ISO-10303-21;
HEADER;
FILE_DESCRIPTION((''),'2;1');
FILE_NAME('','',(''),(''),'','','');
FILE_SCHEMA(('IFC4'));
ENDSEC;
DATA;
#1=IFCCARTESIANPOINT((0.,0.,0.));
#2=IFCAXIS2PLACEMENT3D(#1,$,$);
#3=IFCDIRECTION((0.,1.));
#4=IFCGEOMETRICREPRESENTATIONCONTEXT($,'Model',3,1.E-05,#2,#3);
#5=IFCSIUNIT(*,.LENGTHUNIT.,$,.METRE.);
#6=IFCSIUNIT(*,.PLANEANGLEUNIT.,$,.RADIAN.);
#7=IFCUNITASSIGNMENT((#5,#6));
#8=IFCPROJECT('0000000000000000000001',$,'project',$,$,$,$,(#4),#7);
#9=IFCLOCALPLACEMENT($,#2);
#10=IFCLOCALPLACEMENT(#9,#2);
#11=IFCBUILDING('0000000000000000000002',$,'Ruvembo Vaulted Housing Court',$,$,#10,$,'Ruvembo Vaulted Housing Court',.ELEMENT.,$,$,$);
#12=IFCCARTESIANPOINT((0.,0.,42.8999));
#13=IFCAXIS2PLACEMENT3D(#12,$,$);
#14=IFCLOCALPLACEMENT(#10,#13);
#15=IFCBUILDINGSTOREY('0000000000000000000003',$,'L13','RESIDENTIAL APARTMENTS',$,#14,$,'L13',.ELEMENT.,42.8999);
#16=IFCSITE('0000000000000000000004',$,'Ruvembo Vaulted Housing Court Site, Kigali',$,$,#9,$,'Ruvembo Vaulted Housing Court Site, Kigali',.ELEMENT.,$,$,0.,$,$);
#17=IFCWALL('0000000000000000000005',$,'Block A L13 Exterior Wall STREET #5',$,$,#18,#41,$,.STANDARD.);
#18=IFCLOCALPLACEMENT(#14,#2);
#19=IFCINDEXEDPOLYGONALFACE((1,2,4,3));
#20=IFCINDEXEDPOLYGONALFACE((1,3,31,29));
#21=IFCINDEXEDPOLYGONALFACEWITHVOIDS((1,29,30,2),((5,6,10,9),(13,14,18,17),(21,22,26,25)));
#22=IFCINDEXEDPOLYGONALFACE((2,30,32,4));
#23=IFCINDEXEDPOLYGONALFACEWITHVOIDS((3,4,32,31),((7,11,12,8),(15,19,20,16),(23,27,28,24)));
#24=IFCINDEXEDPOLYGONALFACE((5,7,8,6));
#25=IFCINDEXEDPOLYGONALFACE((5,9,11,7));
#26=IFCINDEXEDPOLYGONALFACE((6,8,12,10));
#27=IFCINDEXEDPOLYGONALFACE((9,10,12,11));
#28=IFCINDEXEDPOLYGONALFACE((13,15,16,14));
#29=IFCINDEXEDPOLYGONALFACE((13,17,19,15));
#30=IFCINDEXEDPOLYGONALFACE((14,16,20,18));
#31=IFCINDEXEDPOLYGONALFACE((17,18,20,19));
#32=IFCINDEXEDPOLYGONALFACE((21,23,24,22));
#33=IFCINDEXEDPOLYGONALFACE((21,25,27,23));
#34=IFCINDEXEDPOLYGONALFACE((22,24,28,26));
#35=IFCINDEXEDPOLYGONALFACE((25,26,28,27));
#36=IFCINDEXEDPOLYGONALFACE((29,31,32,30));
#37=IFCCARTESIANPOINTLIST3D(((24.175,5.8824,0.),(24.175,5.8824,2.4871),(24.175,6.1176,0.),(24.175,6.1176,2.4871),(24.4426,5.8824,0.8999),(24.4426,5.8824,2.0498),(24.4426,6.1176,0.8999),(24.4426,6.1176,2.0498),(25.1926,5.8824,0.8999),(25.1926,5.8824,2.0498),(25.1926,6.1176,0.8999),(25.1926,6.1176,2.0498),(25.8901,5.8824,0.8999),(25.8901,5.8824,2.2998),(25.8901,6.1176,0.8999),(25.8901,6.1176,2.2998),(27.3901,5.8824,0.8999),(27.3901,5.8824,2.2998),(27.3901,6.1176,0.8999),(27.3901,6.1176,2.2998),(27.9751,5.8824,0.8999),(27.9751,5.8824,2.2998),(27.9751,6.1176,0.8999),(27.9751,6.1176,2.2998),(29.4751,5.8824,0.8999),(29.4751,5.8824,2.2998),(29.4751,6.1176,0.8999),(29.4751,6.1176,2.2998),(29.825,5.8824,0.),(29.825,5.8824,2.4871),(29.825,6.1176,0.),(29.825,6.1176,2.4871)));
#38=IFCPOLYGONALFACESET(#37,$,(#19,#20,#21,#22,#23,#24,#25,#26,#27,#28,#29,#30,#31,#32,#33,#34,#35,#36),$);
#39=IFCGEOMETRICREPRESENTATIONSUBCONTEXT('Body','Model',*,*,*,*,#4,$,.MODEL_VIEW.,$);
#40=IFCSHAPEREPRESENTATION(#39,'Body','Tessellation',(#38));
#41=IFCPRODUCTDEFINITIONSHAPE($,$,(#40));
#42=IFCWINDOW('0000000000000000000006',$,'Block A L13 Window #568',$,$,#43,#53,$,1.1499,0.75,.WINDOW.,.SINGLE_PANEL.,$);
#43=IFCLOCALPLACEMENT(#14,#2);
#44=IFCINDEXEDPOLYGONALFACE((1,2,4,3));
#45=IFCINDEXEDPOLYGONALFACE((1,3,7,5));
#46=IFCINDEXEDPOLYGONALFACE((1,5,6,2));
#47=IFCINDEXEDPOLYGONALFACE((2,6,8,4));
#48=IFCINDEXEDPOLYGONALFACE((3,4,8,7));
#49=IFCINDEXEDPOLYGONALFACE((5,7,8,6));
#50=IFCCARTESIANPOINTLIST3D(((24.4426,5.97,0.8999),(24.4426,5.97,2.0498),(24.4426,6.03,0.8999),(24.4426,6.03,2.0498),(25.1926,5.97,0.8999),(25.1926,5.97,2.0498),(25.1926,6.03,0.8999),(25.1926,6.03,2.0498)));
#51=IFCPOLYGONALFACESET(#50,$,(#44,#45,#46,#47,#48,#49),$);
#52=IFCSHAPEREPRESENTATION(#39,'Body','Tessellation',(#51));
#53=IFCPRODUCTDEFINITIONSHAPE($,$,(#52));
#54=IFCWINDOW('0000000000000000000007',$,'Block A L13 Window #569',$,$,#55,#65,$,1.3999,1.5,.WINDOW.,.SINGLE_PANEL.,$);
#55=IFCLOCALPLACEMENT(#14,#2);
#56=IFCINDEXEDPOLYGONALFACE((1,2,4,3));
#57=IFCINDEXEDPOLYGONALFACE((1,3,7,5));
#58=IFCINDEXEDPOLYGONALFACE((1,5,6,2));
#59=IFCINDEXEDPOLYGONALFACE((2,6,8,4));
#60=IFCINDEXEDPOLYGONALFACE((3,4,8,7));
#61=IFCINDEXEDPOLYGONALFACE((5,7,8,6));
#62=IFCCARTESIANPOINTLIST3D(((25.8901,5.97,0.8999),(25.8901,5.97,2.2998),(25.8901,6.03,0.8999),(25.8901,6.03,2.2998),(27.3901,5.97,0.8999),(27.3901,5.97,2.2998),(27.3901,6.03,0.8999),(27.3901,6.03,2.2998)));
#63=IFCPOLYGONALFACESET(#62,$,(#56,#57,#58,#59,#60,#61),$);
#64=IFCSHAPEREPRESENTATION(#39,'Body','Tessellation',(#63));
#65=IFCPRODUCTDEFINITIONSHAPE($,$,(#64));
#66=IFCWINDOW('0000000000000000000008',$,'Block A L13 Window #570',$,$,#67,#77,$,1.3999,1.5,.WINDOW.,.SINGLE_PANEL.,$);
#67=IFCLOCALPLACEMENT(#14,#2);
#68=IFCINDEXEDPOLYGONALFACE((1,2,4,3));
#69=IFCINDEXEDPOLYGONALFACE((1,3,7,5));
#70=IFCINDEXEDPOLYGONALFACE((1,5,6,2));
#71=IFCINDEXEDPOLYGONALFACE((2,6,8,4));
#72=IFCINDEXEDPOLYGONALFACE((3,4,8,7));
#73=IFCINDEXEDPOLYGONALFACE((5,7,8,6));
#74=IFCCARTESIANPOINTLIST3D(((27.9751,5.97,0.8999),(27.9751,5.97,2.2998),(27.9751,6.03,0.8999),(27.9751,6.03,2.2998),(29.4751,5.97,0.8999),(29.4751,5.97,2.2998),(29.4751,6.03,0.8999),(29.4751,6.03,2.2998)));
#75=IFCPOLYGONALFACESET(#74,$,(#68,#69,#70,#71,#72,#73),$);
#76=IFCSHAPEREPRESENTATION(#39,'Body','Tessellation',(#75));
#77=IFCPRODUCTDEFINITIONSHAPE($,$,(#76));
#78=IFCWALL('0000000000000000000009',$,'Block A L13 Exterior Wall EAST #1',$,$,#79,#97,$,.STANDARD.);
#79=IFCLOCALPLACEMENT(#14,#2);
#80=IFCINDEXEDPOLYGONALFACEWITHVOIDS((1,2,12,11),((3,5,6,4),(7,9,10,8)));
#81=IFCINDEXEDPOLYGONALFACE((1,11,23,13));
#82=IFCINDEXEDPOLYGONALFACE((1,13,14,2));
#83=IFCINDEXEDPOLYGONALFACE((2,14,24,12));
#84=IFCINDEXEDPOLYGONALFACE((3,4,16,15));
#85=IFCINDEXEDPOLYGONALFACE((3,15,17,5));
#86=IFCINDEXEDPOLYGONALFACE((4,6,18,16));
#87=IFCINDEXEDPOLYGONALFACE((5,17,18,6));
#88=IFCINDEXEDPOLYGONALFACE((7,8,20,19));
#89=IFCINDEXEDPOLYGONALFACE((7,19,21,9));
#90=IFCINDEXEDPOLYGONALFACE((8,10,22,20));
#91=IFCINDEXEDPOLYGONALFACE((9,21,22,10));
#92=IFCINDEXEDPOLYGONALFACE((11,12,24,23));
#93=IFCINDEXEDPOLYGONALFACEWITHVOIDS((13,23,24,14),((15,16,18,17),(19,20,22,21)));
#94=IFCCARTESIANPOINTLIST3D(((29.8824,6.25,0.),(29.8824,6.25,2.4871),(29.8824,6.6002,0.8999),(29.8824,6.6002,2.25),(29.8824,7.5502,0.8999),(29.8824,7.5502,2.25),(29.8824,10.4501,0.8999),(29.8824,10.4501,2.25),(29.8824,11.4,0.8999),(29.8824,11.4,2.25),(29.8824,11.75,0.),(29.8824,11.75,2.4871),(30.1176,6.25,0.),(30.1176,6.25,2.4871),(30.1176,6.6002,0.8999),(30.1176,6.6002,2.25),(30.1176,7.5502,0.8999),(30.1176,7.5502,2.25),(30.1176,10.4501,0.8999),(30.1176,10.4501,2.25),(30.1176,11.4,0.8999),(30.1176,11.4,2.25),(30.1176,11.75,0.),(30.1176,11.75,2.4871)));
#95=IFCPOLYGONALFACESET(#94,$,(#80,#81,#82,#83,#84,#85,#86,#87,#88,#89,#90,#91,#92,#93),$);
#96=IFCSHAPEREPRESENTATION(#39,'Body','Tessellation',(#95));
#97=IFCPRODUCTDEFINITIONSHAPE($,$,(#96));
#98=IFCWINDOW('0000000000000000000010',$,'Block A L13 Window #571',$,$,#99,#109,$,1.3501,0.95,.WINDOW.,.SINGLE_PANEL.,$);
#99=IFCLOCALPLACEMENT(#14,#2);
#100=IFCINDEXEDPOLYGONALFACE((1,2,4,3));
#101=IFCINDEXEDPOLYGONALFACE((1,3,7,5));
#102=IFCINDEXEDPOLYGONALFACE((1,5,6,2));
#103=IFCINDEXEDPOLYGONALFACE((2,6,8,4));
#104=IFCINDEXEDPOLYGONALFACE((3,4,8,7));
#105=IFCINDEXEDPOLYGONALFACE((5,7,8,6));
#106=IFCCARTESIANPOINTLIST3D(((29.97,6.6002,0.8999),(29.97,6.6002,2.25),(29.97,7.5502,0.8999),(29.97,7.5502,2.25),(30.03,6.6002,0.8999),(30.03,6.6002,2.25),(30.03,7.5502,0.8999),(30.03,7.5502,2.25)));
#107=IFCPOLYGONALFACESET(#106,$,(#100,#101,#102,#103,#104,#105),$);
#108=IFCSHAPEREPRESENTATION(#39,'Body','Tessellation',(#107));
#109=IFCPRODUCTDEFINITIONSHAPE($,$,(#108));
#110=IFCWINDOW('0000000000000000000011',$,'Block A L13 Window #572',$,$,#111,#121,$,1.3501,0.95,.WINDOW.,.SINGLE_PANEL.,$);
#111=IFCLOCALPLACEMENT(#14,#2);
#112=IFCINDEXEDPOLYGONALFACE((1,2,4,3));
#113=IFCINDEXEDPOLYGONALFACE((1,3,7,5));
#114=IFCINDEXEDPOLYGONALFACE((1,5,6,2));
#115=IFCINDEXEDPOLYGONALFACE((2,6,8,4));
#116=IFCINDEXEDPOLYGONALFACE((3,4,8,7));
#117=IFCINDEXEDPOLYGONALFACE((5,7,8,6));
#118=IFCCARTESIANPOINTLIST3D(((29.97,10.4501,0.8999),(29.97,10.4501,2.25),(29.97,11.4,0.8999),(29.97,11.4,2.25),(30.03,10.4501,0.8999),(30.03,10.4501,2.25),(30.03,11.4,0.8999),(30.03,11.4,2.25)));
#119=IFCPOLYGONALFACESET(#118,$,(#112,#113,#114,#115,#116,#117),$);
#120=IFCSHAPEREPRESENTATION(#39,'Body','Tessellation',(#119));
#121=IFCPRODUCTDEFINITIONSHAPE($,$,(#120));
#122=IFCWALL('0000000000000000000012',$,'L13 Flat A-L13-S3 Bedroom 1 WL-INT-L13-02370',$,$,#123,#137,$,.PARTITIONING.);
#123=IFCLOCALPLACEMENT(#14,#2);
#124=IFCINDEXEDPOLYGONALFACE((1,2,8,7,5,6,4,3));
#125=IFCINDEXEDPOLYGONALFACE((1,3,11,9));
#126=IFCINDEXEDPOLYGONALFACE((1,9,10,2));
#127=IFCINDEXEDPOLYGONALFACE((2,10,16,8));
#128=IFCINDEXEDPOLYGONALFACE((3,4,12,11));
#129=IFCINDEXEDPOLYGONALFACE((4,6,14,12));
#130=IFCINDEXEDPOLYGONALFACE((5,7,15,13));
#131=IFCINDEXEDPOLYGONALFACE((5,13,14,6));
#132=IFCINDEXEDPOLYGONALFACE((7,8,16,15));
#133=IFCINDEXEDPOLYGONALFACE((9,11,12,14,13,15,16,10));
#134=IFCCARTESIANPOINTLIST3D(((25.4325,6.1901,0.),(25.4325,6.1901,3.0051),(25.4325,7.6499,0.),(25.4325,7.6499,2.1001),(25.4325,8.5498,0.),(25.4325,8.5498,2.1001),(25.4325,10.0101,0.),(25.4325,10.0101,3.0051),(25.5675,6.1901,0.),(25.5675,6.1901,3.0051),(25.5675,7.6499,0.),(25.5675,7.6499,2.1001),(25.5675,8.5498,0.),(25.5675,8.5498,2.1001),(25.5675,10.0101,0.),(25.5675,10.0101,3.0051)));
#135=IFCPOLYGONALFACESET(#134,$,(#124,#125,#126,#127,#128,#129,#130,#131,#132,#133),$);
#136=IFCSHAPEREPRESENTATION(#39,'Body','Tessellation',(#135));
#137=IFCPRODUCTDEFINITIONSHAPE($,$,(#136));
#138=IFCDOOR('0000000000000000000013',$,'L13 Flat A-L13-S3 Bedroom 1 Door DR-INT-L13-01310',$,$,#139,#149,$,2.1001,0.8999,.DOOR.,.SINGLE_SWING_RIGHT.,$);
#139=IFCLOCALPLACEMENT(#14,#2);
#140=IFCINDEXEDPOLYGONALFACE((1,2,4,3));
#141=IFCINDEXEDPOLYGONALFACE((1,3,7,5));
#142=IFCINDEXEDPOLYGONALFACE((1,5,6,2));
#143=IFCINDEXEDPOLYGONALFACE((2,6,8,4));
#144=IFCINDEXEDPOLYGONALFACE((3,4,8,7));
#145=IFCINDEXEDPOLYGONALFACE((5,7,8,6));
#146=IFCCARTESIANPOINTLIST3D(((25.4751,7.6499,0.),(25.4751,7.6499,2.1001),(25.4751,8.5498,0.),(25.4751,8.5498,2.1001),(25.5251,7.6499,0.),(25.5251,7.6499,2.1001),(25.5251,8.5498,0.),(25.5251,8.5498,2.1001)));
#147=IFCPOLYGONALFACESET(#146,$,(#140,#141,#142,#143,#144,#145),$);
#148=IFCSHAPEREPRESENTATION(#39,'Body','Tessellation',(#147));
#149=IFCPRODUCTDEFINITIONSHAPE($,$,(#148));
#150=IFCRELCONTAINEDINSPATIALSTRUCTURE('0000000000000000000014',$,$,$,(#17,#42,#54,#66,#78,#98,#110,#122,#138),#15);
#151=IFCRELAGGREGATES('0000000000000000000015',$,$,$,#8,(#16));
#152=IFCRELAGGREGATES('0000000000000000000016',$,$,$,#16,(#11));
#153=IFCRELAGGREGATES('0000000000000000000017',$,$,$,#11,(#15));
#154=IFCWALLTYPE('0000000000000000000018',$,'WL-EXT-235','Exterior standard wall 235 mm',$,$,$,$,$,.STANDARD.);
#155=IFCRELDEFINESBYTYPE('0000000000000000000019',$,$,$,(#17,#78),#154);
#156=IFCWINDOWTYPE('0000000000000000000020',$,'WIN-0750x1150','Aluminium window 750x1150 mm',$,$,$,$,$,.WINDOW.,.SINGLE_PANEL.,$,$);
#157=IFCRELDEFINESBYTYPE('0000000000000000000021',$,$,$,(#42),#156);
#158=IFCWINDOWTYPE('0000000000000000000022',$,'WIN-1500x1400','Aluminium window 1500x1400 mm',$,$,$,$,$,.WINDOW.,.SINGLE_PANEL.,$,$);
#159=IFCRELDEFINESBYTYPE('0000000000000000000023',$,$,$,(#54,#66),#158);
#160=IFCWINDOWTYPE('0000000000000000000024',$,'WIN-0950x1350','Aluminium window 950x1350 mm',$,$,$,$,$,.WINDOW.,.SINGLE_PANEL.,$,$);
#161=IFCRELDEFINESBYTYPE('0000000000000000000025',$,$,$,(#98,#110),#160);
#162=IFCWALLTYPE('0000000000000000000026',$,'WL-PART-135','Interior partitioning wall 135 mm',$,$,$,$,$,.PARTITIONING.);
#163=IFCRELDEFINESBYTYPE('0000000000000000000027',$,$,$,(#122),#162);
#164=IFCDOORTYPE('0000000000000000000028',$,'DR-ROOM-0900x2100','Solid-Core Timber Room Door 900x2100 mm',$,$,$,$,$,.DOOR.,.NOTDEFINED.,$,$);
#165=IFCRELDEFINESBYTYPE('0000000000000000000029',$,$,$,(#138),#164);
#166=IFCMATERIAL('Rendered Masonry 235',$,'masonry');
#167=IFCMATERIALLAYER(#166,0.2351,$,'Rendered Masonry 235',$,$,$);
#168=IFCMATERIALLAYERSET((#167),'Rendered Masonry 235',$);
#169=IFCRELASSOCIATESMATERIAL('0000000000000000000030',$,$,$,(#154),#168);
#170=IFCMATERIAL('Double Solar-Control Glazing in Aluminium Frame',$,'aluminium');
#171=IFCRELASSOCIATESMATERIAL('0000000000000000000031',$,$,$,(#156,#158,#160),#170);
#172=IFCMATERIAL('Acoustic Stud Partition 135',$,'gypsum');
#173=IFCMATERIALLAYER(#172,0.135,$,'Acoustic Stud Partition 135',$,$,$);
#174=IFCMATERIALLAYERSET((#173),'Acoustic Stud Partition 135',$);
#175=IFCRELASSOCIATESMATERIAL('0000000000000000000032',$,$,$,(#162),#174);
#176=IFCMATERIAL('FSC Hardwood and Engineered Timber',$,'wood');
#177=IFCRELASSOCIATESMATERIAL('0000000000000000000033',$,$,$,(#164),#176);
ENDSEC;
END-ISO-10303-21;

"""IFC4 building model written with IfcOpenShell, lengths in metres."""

from ifc_helpers import new_model, si_unit, direction, frame, frame_2d, origin, place, context, subcontext, project, spatial, rectangle, extrude, material, layer, layer_set, type_object, element, fill, save


model = new_model("IFC4")

# Units and contexts
model_context = context("Model", 3, precision=1e-05, world=origin(), true_north=direction((0.0, 1.0)))
body_context = subcontext(model_context, "Body", "Model", "MODEL_VIEW")
ifc_project = project(units=[si_unit("LENGTHUNIT", "METRE"), si_unit("PLANEANGLEUNIT", "RADIAN")], contexts=[model_context])

# Site, building, storey
site_placement = place(None, origin())
site = spatial("IfcSite", under=ifc_project, at=site_placement, Name="Ruvembo Vaulted Housing Court Site, Kigali", LongName="Ruvembo Vaulted Housing Court Site, Kigali", CompositionType="ELEMENT", RefElevation=0.0)
building_placement = place(site_placement, origin())
building = spatial("IfcBuilding", under=site, at=building_placement, Name="Ruvembo Vaulted Housing Court", LongName="Ruvembo Vaulted Housing Court", CompositionType="ELEMENT")
storey_placement = place(building_placement, frame((0.0, 0.0, 42.8999)))
storey = spatial("IfcBuildingStorey", under=building, at=storey_placement, Name="L13", Description="RESIDENTIAL APARTMENTS", LongName="L13", CompositionType="ELEMENT", Elevation=42.8999)

# Walls, openings, windows
ifc_material_1 = material(Name="Rendered Masonry 235", Category="masonry")
ifc_layer_1 = layer(ifc_material_1, 0.2351, Name="Rendered Masonry 235")
ifc_layer_set_1 = layer_set([ifc_layer_1], Name="Rendered Masonry 235")
wall_type_1 = type_object("IfcWallType", Name="WL-EXT-235", Description="Exterior standard wall 235 mm", PredefinedType="STANDARD", material=ifc_layer_set_1)
wall_1_placement = place(storey_placement, frame((24.175, 6.0, 0.0), z_axis=(0.0, 0.0, 1.0), x_axis=(1.0, 0.0, 0.0)))
wall_1 = element("IfcWall", 1, at=wall_1_placement, inside=storey, type_object=wall_type_1, Name="Block A L13 Exterior Wall STREET #5", PredefinedType="STANDARD", context=body_context, shape_type="SweptSolid", body=[
    extrude(rectangle(XDim=5.6499, YDim=0.2351, at=frame_2d((2.825, 0.0))), origin(), (0.0, 0.0, 1.0), 2.4871),
])
opening_1_placement = place(wall_1_placement, frame((0.2676, 0.0, 0.8999)))
opening_1 = element("IfcOpeningElement", 2, at=opening_1_placement, cuts=wall_1, PredefinedType="OPENING", context=body_context, shape_type="SweptSolid", body=[
    extrude(rectangle(XDim=0.75, YDim=1.1499, at=frame_2d((0.375, 0.575))), frame((0.0, 0.1274, 0.0), z_axis=(0.0, -1.0, 0.0), x_axis=(1.0, 0.0, 0.0)), (0.0, 0.0, 1.0), 0.2551),
])
opening_2_placement = place(wall_1_placement, frame((1.7151, 0.0, 0.8999)))
opening_2 = element("IfcOpeningElement", 3, at=opening_2_placement, cuts=wall_1, PredefinedType="OPENING", context=body_context, shape_type="SweptSolid", body=[
    extrude(rectangle(XDim=1.5, YDim=1.3999, at=frame_2d((0.75, 0.7))), frame((0.0, 0.1274, 0.0), z_axis=(0.0, -1.0, 0.0), x_axis=(1.0, 0.0, 0.0)), (0.0, 0.0, 1.0), 0.2551),
])
opening_3_placement = place(wall_1_placement, frame((3.8, 0.0, 0.8999)))
opening_3 = element("IfcOpeningElement", 4, at=opening_3_placement, cuts=wall_1, PredefinedType="OPENING", context=body_context, shape_type="SweptSolid", body=[
    extrude(rectangle(XDim=1.5, YDim=1.3999, at=frame_2d((0.75, 0.7))), frame((0.0, 0.1274, 0.0), z_axis=(0.0, -1.0, 0.0), x_axis=(1.0, 0.0, 0.0)), (0.0, 0.0, 1.0), 0.2551),
])
ifc_material_2 = material(Name="Double Solar-Control Glazing in Aluminium Frame", Category="aluminium")
window_type_1 = type_object("IfcWindowType", Name="WIN-0750x1150", Description="Aluminium window 750x1150 mm", PartitioningType="SINGLE_PANEL", PredefinedType="WINDOW", material=ifc_material_2)
window_1_placement = place(opening_1_placement, origin())
window_1 = element("IfcWindow", 5, at=window_1_placement, inside=storey, type_object=window_type_1, Name="Block A L13 Window #568", OverallHeight=1.1499, OverallWidth=0.75, PartitioningType="SINGLE_PANEL", PredefinedType="WINDOW", context=body_context, shape_type="SweptSolid", body=[
    extrude(rectangle(XDim=0.75, YDim=1.1499, at=frame_2d((0.375, 0.575))), frame((0.0, 0.03, 0.0), z_axis=(0.0, -1.0, 0.0), x_axis=(1.0, 0.0, 0.0)), (0.0, 0.0, 1.0), 0.0601),
])
fill(opening_1, window_1)
window_type_2 = type_object("IfcWindowType", Name="WIN-1500x1400", Description="Aluminium window 1500x1400 mm", PartitioningType="SINGLE_PANEL", PredefinedType="WINDOW", material=ifc_material_2)
window_2_placement = place(opening_2_placement, origin())
window_2 = element("IfcWindow", 6, at=window_2_placement, inside=storey, type_object=window_type_2, Name="Block A L13 Window #569", OverallHeight=1.3999, OverallWidth=1.5, PartitioningType="SINGLE_PANEL", PredefinedType="WINDOW", context=body_context, shape_type="SweptSolid", body=[
    extrude(rectangle(XDim=1.5, YDim=1.3999, at=frame_2d((0.75, 0.7))), frame((0.0, 0.03, 0.0), z_axis=(0.0, -1.0, 0.0), x_axis=(1.0, 0.0, 0.0)), (0.0, 0.0, 1.0), 0.0601),
])
fill(opening_2, window_2)
window_3_placement = place(opening_3_placement, origin())
window_3 = element("IfcWindow", 7, at=window_3_placement, inside=storey, type_object=window_type_2, Name="Block A L13 Window #570", OverallHeight=1.3999, OverallWidth=1.5, PartitioningType="SINGLE_PANEL", PredefinedType="WINDOW", context=body_context, shape_type="SweptSolid", body=[
    extrude(rectangle(XDim=1.5, YDim=1.3999, at=frame_2d((0.75, 0.7))), frame((0.0, 0.03, 0.0), z_axis=(0.0, -1.0, 0.0), x_axis=(1.0, 0.0, 0.0)), (0.0, 0.0, 1.0), 0.0601),
])
fill(opening_3, window_3)
wall_2_placement = place(storey_placement, frame((30.0, 6.25, 0.0), z_axis=(0.0, 0.0, 1.0), x_axis=(0.0, 1.0, 0.0)))
wall_2 = element("IfcWall", 8, at=wall_2_placement, inside=storey, type_object=wall_type_1, Name="Block A L13 Exterior Wall EAST #1", PredefinedType="STANDARD", context=body_context, shape_type="SweptSolid", body=[
    extrude(rectangle(XDim=5.5, YDim=0.2351, at=frame_2d((2.75, 0.0))), origin(), (0.0, 0.0, 1.0), 2.4871),
])
opening_4_placement = place(wall_2_placement, frame((0.3501, 0.0, 0.8999)))
opening_4 = element("IfcOpeningElement", 9, at=opening_4_placement, cuts=wall_2, PredefinedType="OPENING", context=body_context, shape_type="SweptSolid", body=[
    extrude(rectangle(XDim=0.95, YDim=1.3501, at=frame_2d((0.4751, 0.675))), frame((0.0, 0.1274, 0.0), z_axis=(0.0, -1.0, 0.0), x_axis=(1.0, 0.0, 0.0)), (0.0, 0.0, 1.0), 0.2551),
])
opening_5_placement = place(wall_2_placement, frame((4.2, 0.0, 0.8999)))
opening_5 = element("IfcOpeningElement", 10, at=opening_5_placement, cuts=wall_2, PredefinedType="OPENING", context=body_context, shape_type="SweptSolid", body=[
    extrude(rectangle(XDim=0.95, YDim=1.3501, at=frame_2d((0.4751, 0.675))), frame((0.0, 0.1274, 0.0), z_axis=(0.0, -1.0, 0.0), x_axis=(1.0, 0.0, 0.0)), (0.0, 0.0, 1.0), 0.2551),
])
window_type_3 = type_object("IfcWindowType", Name="WIN-0950x1350", Description="Aluminium window 950x1350 mm", PartitioningType="SINGLE_PANEL", PredefinedType="WINDOW", material=ifc_material_2)
window_4_placement = place(opening_4_placement, origin())
window_4 = element("IfcWindow", 11, at=window_4_placement, inside=storey, type_object=window_type_3, Name="Block A L13 Window #571", OverallHeight=1.3501, OverallWidth=0.95, PartitioningType="SINGLE_PANEL", PredefinedType="WINDOW", context=body_context, shape_type="SweptSolid", body=[
    extrude(rectangle(XDim=0.95, YDim=1.3501, at=frame_2d((0.4751, 0.675))), frame((0.0, 0.03, 0.0), z_axis=(0.0, -1.0, 0.0), x_axis=(1.0, 0.0, 0.0)), (0.0, 0.0, 1.0), 0.0601),
])
fill(opening_4, window_4)
window_5_placement = place(opening_5_placement, origin())
window_5 = element("IfcWindow", 12, at=window_5_placement, inside=storey, type_object=window_type_3, Name="Block A L13 Window #572", OverallHeight=1.3501, OverallWidth=0.95, PartitioningType="SINGLE_PANEL", PredefinedType="WINDOW", context=body_context, shape_type="SweptSolid", body=[
    extrude(rectangle(XDim=0.95, YDim=1.3501, at=frame_2d((0.4751, 0.675))), frame((0.0, 0.03, 0.0), z_axis=(0.0, -1.0, 0.0), x_axis=(1.0, 0.0, 0.0)), (0.0, 0.0, 1.0), 0.0601),
])
fill(opening_5, window_5)

# Wall, opening, door
ifc_material_3 = material(Name="Acoustic Stud Partition 135", Category="gypsum")
ifc_layer_2 = layer(ifc_material_3, 0.135, Name="Acoustic Stud Partition 135")
ifc_layer_set_2 = layer_set([ifc_layer_2], Name="Acoustic Stud Partition 135")
wall_type_2 = type_object("IfcWallType", Name="WL-PART-135", Description="Interior partitioning wall 135 mm", PredefinedType="PARTITIONING", material=ifc_layer_set_2)
wall_3_placement = place(storey_placement, frame((25.5, 6.1899, 0.0), z_axis=(0.0, 0.0, 1.0), x_axis=(0.0, 1.0, 0.0)))
wall_3 = element("IfcWall", 13, at=wall_3_placement, inside=storey, type_object=wall_type_2, Name="L13 Flat A-L13-S3 Bedroom 1 WL-INT-L13-02370", PredefinedType="PARTITIONING", context=body_context, shape_type="SweptSolid", body=[
    extrude(rectangle(XDim=3.8201, YDim=0.135, at=frame_2d((1.9102, 0.0))), origin(), (0.0, 0.0, 1.0), 3.0051),
])
opening_6_placement = place(wall_3_placement, frame((1.46, 0.0, 0.0)))
opening_6 = element("IfcOpeningElement", 14, at=opening_6_placement, cuts=wall_3, PredefinedType="OPENING", context=body_context, shape_type="SweptSolid", body=[
    extrude(rectangle(XDim=0.8999, YDim=2.1001, at=frame_2d((0.45, 1.05))), frame((0.0, 0.0774, 0.0), z_axis=(0.0, -1.0, 0.0), x_axis=(1.0, 0.0, 0.0)), (0.0, 0.0, 1.0), 0.155),
])
ifc_material_4 = material(Name="FSC Hardwood and Engineered Timber", Category="wood")
door_type_1 = type_object("IfcDoorType", Name="DR-ROOM-0900x2100", Description="Solid-Core Timber Room Door 900x2100 mm", OperationType="NOTDEFINED", PredefinedType="DOOR", material=ifc_material_4)
door_1_placement = place(opening_6_placement, origin())
door_1 = element("IfcDoor", 15, at=door_1_placement, inside=storey, type_object=door_type_1, Name="L13 Flat A-L13-S3 Bedroom 1 Door DR-INT-L13-01310", OperationType="SINGLE_SWING_RIGHT", OverallHeight=2.1001, OverallWidth=0.8999, PredefinedType="DOOR", context=body_context, shape_type="SweptSolid", body=[
    extrude(rectangle(XDim=0.8999, YDim=2.1001, at=frame_2d((0.45, 1.05))), frame((0.0, 0.0249, 0.0), z_axis=(0.0, -1.0, 0.0), x_axis=(1.0, 0.0, 0.0)), (0.0, 0.0, 1.0), 0.05),
])
fill(opening_6, door_1)

save(model, "model.ifc")
